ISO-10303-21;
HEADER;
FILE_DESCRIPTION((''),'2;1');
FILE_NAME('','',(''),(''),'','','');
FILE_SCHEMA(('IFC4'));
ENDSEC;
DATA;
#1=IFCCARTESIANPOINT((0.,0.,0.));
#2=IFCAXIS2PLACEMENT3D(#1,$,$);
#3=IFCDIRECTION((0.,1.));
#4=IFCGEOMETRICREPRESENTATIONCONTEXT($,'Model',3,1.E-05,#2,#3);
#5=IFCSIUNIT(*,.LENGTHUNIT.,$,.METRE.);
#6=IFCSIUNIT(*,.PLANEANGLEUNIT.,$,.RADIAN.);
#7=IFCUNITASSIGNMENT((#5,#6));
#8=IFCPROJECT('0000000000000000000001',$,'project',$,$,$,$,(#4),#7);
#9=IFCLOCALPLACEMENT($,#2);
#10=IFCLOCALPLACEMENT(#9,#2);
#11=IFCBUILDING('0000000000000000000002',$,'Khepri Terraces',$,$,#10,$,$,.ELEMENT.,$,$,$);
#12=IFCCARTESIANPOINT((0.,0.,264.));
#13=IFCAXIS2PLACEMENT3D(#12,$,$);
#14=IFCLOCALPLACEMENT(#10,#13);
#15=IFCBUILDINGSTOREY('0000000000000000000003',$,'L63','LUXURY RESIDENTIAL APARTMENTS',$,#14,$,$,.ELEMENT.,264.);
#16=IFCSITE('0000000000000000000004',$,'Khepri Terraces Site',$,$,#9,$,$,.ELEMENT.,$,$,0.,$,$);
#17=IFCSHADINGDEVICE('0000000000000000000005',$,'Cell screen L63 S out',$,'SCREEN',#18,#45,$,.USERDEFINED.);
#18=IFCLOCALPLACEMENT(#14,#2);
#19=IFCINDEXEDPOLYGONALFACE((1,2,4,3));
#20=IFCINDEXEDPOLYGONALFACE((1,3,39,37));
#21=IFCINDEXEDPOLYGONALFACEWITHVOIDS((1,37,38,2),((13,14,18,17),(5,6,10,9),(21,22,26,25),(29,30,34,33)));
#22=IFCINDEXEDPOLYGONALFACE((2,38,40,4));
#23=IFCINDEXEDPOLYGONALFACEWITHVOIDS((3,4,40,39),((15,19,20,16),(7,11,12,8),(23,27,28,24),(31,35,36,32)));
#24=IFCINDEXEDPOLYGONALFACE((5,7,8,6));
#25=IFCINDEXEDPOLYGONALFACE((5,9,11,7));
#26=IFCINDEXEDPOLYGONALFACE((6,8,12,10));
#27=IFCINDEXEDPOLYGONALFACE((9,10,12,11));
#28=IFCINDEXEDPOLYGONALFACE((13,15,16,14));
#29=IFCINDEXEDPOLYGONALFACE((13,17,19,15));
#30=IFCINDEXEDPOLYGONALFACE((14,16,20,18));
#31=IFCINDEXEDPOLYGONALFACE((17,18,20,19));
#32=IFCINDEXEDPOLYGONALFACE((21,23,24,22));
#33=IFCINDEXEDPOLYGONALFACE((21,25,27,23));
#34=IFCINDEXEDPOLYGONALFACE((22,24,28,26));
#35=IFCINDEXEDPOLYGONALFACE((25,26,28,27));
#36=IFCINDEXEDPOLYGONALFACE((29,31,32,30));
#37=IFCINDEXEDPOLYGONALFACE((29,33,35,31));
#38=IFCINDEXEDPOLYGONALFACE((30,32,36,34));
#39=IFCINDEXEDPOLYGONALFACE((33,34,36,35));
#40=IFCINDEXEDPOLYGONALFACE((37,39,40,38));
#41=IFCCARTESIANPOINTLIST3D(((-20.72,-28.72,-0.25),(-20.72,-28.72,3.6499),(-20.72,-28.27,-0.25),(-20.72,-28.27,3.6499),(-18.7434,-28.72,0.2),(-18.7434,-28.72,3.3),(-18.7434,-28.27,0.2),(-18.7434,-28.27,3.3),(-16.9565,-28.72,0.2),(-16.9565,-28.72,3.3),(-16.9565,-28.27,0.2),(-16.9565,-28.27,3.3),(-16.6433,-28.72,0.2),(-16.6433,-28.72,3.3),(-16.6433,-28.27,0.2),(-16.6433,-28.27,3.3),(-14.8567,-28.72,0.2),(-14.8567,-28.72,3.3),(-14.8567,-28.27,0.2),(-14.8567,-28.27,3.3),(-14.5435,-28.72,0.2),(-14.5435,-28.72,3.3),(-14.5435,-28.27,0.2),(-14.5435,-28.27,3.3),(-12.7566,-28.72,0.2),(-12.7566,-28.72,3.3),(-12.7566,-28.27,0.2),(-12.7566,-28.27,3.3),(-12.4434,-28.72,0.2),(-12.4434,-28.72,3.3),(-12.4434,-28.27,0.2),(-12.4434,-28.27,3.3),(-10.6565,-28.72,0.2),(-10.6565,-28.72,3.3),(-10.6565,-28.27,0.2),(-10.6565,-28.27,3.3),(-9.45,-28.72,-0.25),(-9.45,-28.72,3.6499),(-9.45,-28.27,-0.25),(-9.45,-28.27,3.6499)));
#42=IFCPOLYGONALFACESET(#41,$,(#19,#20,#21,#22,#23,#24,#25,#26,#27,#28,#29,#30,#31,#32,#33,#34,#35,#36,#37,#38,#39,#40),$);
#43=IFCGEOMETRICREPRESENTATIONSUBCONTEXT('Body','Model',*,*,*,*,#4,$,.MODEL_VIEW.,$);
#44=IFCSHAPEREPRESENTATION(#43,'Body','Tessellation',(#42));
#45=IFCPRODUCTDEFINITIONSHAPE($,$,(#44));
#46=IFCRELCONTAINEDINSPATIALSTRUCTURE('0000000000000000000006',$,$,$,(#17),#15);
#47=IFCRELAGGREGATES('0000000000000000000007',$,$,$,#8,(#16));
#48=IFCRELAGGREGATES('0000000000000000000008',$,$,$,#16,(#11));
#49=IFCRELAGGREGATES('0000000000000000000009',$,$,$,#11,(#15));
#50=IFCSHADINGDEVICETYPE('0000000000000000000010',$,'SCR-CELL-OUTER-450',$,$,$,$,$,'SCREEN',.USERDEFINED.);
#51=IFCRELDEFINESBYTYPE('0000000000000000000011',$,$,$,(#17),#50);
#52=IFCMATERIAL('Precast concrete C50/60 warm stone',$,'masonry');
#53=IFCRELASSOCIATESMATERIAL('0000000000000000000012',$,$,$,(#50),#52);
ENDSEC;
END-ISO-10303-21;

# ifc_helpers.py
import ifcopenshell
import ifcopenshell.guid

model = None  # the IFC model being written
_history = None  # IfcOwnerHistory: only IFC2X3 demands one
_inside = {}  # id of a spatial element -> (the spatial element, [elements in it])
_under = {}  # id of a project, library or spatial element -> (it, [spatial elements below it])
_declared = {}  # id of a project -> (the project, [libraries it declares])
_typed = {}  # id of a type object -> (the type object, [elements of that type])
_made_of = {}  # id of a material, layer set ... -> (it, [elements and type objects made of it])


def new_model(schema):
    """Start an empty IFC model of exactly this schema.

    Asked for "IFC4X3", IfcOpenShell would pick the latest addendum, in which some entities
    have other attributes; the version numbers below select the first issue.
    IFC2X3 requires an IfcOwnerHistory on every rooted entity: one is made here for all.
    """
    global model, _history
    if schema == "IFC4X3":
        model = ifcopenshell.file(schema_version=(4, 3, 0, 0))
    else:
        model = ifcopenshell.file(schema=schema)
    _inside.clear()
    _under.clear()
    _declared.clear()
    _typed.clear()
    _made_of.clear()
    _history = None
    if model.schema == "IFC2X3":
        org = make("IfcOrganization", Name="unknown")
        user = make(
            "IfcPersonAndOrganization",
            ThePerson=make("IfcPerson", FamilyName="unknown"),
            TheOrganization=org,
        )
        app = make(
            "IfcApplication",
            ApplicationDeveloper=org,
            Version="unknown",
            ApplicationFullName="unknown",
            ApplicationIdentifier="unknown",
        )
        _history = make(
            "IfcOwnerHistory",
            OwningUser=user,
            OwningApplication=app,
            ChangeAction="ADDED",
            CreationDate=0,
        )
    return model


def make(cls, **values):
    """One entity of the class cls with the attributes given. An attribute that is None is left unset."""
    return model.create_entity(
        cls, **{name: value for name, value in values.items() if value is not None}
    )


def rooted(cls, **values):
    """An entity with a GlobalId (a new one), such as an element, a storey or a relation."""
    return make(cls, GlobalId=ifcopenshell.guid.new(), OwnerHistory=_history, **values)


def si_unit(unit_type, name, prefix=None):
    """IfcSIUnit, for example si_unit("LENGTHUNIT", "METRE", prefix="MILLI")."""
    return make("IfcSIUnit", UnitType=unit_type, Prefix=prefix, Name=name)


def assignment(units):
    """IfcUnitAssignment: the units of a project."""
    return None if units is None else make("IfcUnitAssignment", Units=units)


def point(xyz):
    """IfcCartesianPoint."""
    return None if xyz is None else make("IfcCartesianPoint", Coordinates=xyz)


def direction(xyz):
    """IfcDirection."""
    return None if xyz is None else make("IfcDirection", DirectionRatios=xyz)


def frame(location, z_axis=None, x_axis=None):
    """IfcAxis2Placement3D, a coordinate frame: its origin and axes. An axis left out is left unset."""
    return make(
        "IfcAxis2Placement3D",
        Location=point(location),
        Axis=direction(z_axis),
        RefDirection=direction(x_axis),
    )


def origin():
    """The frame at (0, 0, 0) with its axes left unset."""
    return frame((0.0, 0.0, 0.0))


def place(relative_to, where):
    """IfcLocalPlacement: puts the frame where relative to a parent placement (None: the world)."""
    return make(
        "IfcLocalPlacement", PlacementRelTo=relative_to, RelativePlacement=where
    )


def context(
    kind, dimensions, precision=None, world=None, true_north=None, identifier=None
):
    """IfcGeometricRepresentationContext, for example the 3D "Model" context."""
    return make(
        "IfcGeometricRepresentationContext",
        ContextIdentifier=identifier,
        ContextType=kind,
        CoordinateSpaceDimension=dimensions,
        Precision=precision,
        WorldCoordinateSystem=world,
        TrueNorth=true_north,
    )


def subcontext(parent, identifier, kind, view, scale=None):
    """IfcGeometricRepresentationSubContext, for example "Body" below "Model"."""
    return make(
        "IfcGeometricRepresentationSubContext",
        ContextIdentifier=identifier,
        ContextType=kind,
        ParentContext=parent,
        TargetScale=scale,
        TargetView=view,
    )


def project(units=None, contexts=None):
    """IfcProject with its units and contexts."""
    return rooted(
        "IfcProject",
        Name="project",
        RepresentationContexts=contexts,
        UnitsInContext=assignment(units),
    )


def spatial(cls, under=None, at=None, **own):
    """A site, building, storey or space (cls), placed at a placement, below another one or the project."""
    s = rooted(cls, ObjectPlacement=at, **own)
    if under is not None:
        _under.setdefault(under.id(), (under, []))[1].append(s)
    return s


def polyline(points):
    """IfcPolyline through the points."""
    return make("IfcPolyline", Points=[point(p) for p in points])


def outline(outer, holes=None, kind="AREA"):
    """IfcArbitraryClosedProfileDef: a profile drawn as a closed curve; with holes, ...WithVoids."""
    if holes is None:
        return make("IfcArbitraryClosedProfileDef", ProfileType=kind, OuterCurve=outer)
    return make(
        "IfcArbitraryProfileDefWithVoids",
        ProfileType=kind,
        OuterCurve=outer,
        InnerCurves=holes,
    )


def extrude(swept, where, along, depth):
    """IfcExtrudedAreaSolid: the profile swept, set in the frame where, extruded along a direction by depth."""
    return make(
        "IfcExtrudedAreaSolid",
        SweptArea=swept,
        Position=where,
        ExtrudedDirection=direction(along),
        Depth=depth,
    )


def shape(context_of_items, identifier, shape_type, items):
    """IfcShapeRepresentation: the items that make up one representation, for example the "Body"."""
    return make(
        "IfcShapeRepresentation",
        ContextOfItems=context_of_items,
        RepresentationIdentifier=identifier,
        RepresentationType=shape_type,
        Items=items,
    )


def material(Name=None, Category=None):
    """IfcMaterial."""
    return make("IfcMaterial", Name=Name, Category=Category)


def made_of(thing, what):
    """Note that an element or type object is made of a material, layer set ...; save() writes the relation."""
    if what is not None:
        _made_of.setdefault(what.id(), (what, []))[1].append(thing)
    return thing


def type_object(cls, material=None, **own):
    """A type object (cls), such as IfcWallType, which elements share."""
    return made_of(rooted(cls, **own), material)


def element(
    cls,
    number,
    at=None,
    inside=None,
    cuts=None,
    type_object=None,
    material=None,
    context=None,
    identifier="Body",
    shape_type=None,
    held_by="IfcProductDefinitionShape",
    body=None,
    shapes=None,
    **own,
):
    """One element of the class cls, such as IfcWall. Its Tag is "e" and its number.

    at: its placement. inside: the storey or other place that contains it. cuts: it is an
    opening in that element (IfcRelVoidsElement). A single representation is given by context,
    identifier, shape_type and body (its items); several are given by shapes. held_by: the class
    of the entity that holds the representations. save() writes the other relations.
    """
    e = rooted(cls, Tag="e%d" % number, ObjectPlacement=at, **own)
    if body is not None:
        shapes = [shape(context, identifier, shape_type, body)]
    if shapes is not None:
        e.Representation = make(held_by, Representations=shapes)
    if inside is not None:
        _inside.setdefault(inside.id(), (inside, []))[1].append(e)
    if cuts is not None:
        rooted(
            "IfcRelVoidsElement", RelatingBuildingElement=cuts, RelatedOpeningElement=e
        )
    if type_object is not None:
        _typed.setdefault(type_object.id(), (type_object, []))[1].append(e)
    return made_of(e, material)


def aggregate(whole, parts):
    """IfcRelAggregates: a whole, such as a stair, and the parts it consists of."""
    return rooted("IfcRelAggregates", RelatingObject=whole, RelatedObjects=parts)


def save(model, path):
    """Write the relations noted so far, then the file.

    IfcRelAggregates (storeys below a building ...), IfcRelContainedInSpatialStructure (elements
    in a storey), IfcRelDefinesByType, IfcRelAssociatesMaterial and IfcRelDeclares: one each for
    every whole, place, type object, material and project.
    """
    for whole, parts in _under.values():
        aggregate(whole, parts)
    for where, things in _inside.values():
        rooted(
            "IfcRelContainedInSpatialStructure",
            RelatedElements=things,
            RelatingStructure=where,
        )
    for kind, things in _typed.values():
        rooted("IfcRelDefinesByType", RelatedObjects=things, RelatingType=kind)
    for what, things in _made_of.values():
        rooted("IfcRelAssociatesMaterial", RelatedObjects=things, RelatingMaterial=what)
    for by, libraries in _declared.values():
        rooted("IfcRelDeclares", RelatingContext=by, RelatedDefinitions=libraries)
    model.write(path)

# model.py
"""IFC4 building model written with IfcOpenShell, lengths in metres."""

from ifc_helpers import new_model, si_unit, direction, frame, origin, place, context, subcontext, project, spatial, polyline, outline, extrude, material, type_object, element, save


model = new_model("IFC4")

# Units and contexts
model_context = context("Model", 3, precision=1e-05, world=origin(), true_north=direction((0.0, 1.0)))
body_context = subcontext(model_context, "Body", "Model", "MODEL_VIEW")
ifc_project = project(units=[si_unit("LENGTHUNIT", "METRE"), si_unit("PLANEANGLEUNIT", "RADIAN")], contexts=[model_context])

# Site, building, storey
site_placement = place(None, origin())
site = spatial("IfcSite", under=ifc_project, at=site_placement, Name="Khepri Terraces Site", CompositionType="ELEMENT", RefElevation=0.0)
building_placement = place(site_placement, origin())
building = spatial("IfcBuilding", under=site, at=building_placement, Name="Khepri Terraces", CompositionType="ELEMENT")
storey_placement = place(building_placement, frame((0.0, 0.0, 264.0)))
storey = spatial("IfcBuildingStorey", under=building, at=storey_placement, Name="L63", Description="LUXURY RESIDENTIAL APARTMENTS", CompositionType="ELEMENT", Elevation=264.0)

# Shared definitions
ifc_material_1 = material(Name="Precast concrete C50/60 warm stone", Category="masonry")

# Shading device
shading_device_type_1 = type_object("IfcShadingDeviceType", Name="SCR-CELL-OUTER-450", ElementType="SCREEN", PredefinedType="USERDEFINED", material=ifc_material_1)
shading_device_1_placement = place(storey_placement, frame((-20.72, -28.27, -0.25), z_axis=(0.0, -1.0, 0.0), x_axis=(1.0, 0.0, 0.0)))
element("IfcShadingDevice", 1, at=shading_device_1_placement, inside=storey, type_object=shading_device_type_1, Name="Cell screen L63 S out", ObjectType="SCREEN", PredefinedType="USERDEFINED", context=body_context, shape_type="SweptSolid", body=[
    extrude(outline(polyline([(0.0, 0.0), (11.27, 0.0), (11.27, 3.8999), (0.0, 3.8999), (0.0, 0.0)]), holes=[polyline([(1.9766, 0.45), (3.7634, 0.45), (3.7634, 3.55), (1.9766, 3.55), (1.9766, 0.45)]), polyline([(4.0767, 0.45), (5.8633, 0.45), (5.8633, 3.55), (4.0767, 3.55), (4.0767, 0.45)]), polyline([(6.1765, 0.45), (7.9634, 0.45), (7.9634, 3.55), (6.1765, 3.55), (6.1765, 0.45)]), polyline([(8.2766, 0.45), (10.0635, 0.45), (10.0635, 3.55), (8.2766, 3.55), (8.2766, 0.45)])]), origin(), (0.0, 0.0, 1.0), 0.45),
])

save(model, "model.ifc")
